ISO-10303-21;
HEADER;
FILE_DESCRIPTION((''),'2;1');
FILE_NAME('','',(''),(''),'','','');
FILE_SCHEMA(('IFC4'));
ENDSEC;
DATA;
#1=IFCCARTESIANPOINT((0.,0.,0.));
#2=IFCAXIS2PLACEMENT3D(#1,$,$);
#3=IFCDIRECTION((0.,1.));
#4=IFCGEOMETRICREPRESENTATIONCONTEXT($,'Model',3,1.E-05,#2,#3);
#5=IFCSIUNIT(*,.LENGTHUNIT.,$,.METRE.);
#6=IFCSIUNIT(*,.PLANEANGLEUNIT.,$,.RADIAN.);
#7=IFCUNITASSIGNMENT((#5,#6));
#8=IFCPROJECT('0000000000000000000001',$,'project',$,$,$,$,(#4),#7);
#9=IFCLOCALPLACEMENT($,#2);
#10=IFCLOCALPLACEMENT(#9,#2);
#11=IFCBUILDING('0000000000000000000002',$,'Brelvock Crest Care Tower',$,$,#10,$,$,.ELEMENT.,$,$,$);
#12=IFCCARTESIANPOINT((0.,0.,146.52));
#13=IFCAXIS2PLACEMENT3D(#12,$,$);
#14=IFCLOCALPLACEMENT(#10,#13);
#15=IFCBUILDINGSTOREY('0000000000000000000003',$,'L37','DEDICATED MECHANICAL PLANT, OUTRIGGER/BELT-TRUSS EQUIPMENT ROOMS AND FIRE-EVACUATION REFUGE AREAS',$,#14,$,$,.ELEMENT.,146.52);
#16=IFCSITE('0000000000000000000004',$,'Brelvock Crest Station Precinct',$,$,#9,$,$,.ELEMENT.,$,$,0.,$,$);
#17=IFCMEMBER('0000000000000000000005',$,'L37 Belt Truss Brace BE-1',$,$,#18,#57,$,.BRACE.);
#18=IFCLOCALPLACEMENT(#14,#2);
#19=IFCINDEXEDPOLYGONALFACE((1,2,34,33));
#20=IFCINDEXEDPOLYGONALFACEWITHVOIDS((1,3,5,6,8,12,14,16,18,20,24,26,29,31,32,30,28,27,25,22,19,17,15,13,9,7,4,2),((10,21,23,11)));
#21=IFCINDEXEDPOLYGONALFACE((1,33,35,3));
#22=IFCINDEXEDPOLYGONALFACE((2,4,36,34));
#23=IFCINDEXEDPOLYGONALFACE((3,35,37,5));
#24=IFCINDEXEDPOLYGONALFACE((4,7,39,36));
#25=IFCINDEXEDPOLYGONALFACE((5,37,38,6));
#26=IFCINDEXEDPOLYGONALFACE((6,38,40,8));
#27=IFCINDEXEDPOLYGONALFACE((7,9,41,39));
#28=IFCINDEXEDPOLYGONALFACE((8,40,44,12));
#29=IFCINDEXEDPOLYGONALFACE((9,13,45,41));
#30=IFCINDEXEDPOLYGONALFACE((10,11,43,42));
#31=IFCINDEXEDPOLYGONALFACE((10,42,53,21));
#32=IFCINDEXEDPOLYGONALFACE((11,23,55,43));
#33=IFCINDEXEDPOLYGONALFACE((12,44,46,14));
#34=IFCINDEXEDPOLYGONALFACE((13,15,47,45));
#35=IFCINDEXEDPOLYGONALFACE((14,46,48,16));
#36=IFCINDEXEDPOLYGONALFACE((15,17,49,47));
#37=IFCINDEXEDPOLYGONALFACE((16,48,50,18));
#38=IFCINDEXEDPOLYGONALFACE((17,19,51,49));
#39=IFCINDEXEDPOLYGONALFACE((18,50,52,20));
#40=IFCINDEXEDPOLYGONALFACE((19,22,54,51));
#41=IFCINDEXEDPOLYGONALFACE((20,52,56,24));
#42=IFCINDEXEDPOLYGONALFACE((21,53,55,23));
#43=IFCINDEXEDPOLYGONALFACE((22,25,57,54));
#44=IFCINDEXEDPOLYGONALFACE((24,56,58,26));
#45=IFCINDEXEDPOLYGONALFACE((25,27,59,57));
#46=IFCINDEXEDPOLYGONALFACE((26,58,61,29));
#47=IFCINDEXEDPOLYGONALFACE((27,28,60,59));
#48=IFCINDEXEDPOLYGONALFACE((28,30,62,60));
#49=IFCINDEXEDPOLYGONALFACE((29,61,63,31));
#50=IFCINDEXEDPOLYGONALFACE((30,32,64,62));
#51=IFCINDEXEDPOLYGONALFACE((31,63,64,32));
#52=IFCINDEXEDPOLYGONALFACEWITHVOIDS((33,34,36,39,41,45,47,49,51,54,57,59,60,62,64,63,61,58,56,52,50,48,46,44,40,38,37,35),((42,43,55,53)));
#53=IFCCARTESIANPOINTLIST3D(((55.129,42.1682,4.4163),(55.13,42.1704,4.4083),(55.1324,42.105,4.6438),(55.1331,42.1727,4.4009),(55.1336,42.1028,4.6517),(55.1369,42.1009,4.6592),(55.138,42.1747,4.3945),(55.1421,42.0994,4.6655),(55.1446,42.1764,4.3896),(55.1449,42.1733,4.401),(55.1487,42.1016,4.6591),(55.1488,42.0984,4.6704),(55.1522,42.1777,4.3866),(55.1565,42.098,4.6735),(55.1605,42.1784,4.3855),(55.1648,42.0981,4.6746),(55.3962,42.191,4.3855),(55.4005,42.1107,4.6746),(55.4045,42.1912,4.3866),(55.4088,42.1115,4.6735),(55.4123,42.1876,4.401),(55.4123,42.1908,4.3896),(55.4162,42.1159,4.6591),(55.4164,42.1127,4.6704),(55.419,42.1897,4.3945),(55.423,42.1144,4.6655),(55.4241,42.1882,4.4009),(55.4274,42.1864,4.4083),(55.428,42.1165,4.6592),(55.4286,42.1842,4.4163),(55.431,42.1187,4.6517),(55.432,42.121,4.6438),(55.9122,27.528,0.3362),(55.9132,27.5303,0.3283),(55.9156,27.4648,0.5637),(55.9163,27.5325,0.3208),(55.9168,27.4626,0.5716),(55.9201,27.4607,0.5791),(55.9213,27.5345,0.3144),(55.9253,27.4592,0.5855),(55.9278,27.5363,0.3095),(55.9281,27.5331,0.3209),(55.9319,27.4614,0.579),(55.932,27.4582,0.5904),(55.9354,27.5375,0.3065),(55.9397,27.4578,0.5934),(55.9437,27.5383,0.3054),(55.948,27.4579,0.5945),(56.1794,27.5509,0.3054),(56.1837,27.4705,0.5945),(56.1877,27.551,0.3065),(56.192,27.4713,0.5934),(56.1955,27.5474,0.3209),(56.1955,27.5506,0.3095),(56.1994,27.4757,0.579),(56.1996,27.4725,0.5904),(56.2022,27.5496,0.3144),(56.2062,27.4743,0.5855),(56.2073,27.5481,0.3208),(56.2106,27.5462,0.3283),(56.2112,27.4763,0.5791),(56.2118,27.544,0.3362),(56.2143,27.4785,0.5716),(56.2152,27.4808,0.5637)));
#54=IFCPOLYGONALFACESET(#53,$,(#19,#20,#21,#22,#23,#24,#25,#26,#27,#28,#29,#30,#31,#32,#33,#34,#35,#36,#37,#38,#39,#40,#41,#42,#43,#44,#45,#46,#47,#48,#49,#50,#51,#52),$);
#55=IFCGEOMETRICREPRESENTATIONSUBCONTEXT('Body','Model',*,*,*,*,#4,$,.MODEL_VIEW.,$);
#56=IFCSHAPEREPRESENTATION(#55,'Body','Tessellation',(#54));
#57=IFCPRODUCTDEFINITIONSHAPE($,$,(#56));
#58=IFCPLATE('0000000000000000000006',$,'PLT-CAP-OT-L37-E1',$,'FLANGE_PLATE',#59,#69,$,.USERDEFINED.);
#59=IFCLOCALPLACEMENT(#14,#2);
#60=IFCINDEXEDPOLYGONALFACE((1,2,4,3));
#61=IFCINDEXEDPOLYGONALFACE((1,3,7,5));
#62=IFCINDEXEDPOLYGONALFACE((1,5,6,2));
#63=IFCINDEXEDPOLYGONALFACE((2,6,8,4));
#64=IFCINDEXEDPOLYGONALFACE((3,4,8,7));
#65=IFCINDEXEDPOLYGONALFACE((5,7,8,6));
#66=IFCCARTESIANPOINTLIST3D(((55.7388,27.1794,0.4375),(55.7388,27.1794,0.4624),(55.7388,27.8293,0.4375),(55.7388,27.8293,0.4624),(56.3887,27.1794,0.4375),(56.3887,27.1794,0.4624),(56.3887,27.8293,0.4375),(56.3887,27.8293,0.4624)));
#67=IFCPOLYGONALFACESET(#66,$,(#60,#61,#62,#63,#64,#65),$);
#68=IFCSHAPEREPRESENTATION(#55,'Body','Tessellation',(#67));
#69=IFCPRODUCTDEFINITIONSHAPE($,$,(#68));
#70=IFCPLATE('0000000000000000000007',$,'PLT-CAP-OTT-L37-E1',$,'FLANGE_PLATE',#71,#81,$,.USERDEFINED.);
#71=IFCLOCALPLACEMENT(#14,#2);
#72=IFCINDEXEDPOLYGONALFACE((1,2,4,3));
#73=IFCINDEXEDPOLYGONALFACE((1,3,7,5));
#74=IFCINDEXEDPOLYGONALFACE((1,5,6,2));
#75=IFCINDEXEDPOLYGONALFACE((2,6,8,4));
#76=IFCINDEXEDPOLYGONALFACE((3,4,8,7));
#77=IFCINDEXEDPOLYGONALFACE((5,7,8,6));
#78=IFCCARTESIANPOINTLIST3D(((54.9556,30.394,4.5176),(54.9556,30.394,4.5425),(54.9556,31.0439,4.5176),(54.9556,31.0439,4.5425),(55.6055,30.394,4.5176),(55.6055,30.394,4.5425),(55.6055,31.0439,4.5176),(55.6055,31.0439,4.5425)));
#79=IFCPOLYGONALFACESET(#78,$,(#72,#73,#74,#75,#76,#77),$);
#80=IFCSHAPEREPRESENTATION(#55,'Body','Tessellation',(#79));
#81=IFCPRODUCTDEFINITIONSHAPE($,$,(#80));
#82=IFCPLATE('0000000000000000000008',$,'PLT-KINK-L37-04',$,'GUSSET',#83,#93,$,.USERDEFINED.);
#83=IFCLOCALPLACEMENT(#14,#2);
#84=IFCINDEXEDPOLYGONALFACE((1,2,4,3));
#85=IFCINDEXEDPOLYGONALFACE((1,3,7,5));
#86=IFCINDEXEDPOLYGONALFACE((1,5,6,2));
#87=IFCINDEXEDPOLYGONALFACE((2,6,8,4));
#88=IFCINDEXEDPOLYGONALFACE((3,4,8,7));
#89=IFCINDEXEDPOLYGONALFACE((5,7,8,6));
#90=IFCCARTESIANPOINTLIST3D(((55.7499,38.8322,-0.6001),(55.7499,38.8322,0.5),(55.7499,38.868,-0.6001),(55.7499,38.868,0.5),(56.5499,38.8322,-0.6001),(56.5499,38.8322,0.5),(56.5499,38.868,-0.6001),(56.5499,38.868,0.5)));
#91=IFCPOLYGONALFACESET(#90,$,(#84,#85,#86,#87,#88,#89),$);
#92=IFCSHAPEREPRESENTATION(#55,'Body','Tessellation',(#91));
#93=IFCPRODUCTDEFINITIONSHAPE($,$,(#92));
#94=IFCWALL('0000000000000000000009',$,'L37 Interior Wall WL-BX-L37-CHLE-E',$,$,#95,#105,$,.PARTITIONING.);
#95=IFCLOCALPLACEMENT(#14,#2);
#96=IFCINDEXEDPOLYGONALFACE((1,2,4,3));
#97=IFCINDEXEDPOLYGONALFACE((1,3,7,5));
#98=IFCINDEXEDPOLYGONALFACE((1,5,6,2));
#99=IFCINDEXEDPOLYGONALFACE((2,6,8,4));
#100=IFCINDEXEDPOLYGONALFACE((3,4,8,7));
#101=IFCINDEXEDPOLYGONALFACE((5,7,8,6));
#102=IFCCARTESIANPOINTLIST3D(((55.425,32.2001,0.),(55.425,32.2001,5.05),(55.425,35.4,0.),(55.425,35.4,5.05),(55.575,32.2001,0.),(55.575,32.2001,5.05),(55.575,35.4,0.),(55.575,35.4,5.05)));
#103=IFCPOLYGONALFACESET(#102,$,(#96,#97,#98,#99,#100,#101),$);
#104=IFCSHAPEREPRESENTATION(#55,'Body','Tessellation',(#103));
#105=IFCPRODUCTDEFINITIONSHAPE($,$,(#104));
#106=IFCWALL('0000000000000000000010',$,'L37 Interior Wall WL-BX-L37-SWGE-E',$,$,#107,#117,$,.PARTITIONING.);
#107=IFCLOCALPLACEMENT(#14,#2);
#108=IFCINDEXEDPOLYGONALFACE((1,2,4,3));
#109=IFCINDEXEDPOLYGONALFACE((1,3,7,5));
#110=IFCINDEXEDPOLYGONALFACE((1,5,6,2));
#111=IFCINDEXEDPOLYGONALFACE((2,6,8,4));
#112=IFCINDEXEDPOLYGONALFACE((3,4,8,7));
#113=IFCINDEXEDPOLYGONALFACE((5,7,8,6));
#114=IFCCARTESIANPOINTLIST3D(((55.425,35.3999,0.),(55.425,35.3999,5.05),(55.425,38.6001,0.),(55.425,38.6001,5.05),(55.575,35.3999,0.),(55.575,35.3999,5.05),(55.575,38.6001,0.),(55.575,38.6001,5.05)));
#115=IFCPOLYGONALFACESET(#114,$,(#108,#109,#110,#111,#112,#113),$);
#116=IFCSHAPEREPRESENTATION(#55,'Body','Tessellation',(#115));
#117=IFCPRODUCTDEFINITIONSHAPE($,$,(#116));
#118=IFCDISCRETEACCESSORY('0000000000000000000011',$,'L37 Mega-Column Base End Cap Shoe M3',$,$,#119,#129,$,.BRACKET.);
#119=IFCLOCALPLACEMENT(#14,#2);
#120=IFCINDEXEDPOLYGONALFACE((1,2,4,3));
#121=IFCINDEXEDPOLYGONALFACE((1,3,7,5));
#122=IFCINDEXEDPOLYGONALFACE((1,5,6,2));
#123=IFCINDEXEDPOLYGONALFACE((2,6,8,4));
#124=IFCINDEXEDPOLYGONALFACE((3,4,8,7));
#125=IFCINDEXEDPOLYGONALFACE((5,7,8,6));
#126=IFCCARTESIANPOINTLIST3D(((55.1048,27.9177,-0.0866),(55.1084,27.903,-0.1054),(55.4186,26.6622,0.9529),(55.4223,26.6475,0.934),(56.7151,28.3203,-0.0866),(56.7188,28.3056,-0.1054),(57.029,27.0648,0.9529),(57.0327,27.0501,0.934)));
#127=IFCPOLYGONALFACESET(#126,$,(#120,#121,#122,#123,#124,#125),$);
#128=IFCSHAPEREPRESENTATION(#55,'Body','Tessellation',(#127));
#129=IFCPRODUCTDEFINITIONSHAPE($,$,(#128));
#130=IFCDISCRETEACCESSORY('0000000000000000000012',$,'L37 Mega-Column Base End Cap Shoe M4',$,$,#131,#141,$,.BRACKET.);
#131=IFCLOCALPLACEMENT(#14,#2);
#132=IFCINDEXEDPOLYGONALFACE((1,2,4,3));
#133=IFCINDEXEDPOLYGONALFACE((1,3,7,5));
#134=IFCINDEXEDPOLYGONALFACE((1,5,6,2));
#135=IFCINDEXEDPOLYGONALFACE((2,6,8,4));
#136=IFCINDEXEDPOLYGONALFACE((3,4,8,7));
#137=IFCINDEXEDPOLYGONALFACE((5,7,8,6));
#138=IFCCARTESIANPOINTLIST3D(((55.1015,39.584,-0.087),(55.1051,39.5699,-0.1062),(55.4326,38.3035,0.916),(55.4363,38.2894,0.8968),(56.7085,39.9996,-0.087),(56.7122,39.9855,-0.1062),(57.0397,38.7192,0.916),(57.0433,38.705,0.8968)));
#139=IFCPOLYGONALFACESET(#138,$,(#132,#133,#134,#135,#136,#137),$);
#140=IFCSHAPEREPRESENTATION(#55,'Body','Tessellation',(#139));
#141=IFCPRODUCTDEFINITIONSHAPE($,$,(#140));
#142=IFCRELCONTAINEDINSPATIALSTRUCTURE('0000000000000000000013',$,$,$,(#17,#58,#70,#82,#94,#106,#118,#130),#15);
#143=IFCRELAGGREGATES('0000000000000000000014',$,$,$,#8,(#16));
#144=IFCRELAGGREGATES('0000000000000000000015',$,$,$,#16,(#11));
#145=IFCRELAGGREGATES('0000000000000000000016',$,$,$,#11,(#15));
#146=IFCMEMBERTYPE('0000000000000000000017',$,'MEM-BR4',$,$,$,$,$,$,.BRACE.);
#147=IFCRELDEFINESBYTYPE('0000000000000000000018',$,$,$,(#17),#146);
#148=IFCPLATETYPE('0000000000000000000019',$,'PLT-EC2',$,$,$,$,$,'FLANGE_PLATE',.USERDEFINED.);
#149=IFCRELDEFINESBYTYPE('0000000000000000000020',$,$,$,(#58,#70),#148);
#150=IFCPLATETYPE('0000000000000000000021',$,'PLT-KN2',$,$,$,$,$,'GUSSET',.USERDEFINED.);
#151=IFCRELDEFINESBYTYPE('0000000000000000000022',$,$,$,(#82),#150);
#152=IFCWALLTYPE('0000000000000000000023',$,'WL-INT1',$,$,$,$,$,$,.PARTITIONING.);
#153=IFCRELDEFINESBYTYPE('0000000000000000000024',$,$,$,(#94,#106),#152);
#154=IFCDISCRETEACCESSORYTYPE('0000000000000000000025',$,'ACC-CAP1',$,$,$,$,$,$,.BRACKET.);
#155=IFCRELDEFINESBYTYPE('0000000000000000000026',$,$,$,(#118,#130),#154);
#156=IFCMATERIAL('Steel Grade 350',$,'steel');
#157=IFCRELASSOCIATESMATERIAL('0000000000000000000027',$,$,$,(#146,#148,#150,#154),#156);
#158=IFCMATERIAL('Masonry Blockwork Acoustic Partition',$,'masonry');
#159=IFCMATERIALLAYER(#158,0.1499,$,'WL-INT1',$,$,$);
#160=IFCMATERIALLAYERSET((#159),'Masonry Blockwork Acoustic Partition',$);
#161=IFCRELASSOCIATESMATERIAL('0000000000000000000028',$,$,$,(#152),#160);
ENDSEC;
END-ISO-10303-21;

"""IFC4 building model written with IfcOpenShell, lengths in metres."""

from ifc_helpers import new_model, si_unit, direction, frame, frame_2d, origin, origin_2d, place, context, subcontext, project, spatial, rectangle, hollow_rectangle, extrude, source, transform, mapped, material, layer, layer_set, material_profile, profile_set, type_object, element, save


model = new_model("IFC4")

# Units and contexts
model_context = context("Model", 3, precision=1e-05, world=origin(), true_north=direction((0.0, 1.0)))
body_context = subcontext(model_context, "Body", "Model", "MODEL_VIEW")
ifc_project = project(units=[si_unit("LENGTHUNIT", "METRE"), si_unit("PLANEANGLEUNIT", "RADIAN")], contexts=[model_context])

# Site, building, storey
site_placement = place(None, origin())
site = spatial("IfcSite", under=ifc_project, at=site_placement, Name="Brelvock Crest Station Precinct", CompositionType="ELEMENT", RefElevation=0.0)
building_placement = place(site_placement, origin())
building = spatial("IfcBuilding", under=site, at=building_placement, Name="Brelvock Crest Care Tower", CompositionType="ELEMENT")
storey_placement = place(building_placement, frame((0.0, 0.0, 146.52)))
storey = spatial("IfcBuildingStorey", under=building, at=storey_placement, Name="L37", Description="DEDICATED MECHANICAL PLANT, OUTRIGGER/BELT-TRUSS EQUIPMENT ROOMS AND FIRE-EVACUATION REFUGE AREAS", CompositionType="ELEMENT", Elevation=146.52)

# Shared definitions
ifc_material_1 = material(Name="Steel Grade 350", Category="steel")

# Member
ifc_material_profile_1 = material_profile(ifc_material_1, hollow_rectangle(XDim=0.3, YDim=0.3, WallThickness=0.0161, OuterFilletRadius=0.032, at=origin_2d()), Name="SHS300x300x16.0")
ifc_profile_set_1 = profile_set([ifc_material_profile_1], Name="Steel Grade 350")
member_type = type_object("IfcMemberType", Name="MEM-BR4", PredefinedType="BRACE", material=ifc_profile_set_1)
shared_shape_1 = source(origin(), body_context, "Body", "SweptSolid", [
    extrude(hollow_rectangle(XDim=0.3, YDim=0.3, WallThickness=0.0161, OuterFilletRadius=0.032, at=origin_2d()), origin(), (0.0, 0.0, 1.0), 15.2183),
])
member_placement = place(storey_placement, frame((56.0637, 27.5044, 0.45), z_axis=(-0.051465, 0.962014, 0.268105), x_axis=(-0.998572, -0.053421, 0.0)))
element("IfcMember", 1, at=member_placement, inside=storey, type_object=member_type, Name="L37 Belt Truss Brace BE-1", PredefinedType="BRACE", context=body_context, shape_type="MappedRepresentation", body=[
    mapped(shared_shape_1, transform((0.0, 0.0, 0.0), x_axis=(1.0, 0.0, 0.0), y_axis=(0.0, 1.0, 0.0), z_axis=(0.0, 0.0, 1.0), scale=1.0)),
])

# Plates
plate_type_1 = type_object("IfcPlateType", Name="PLT-EC2", ElementType="FLANGE_PLATE", PredefinedType="USERDEFINED", material=ifc_material_1)
shared_shape_2 = source(origin(), body_context, "Body", "SweptSolid", [
    extrude(rectangle(XDim=0.6499, YDim=0.6499, at=origin_2d()), origin(), (0.0, 0.0, 1.0), 0.0249),
])
for number, where, z_axis, x_axis, name in (
    (2, (56.0637, 27.5044, 0.4375), (0.0, 0.0, 1.0), (1.0, 0.0, 0.0), "PLT-CAP-OT-L37-E1"),
    (3, (55.2805, 30.719, 4.5176), (0.0, 0.0, 1.0), (1.0, 0.0, 0.0), "PLT-CAP-OTT-L37-E1"),
):
    element("IfcPlate", number, at=place(storey_placement, frame(where, z_axis=z_axis, x_axis=x_axis)), inside=storey, type_object=plate_type_1, Name=name, ObjectType="FLANGE_PLATE", PredefinedType="USERDEFINED", context=body_context, shape_type="MappedRepresentation", body=[
        mapped(shared_shape_2, transform((0.0, 0.0, 0.0), x_axis=(1.0, 0.0, 0.0), y_axis=(0.0, 1.0, 0.0), z_axis=(0.0, 0.0, 1.0), scale=1.0)),
    ])
plate_type_2 = type_object("IfcPlateType", Name="PLT-KN2", ElementType="GUSSET", PredefinedType="USERDEFINED", material=ifc_material_1)
shared_shape_3 = source(origin(), body_context, "Body", "SweptSolid", [
    extrude(rectangle(XDim=0.8, YDim=0.0359, at=origin_2d()), origin(), (0.0, 0.0, 1.0), 1.1001),
])
plate_placement = place(storey_placement, frame((56.1499, 38.8501, -0.6001), z_axis=(0.0, 0.0, 1.0), x_axis=(1.0, 0.0, 0.0)))
element("IfcPlate", 4, at=plate_placement, inside=storey, type_object=plate_type_2, Name="PLT-KINK-L37-04", ObjectType="GUSSET", PredefinedType="USERDEFINED", context=body_context, shape_type="MappedRepresentation", body=[
    mapped(shared_shape_3, transform((0.0, 0.0, 0.0), x_axis=(1.0, 0.0, 0.0), y_axis=(0.0, 1.0, 0.0), z_axis=(0.0, 0.0, 1.0), scale=1.0)),
])

# Walls
ifc_material_2 = material(Name="Masonry Blockwork Acoustic Partition", Category="masonry")
ifc_layer = layer(ifc_material_2, 0.1499, Name="WL-INT1")
ifc_layer_set = layer_set([ifc_layer], Name="Masonry Blockwork Acoustic Partition")
wall_type = type_object("IfcWallType", Name="WL-INT1", PredefinedType="PARTITIONING", material=ifc_layer_set)
wall_1_placement = place(storey_placement, frame((55.5, 32.2, 0.0), z_axis=(0.0, 0.0, 1.0), x_axis=(0.0, 1.0, 0.0)))
element("IfcWall", 5, at=wall_1_placement, inside=storey, type_object=wall_type, Name="L37 Interior Wall WL-BX-L37-CHLE-E", PredefinedType="PARTITIONING", context=body_context, shape_type="SweptSolid", body=[
    extrude(rectangle(XDim=3.2, YDim=0.1499, at=frame_2d((1.6001, 0.0))), origin(), (0.0, 0.0, 1.0), 5.05),
])
wall_2_placement = place(storey_placement, frame((55.5, 35.3999, 0.0), z_axis=(0.0, 0.0, 1.0), x_axis=(0.0, 1.0, 0.0)))
element("IfcWall", 6, at=wall_2_placement, inside=storey, type_object=wall_type, Name="L37 Interior Wall WL-BX-L37-SWGE-E", PredefinedType="PARTITIONING", context=body_context, shape_type="SweptSolid", body=[
    extrude(rectangle(XDim=3.2002, YDim=0.1499, at=frame_2d((1.6001, 0.0))), origin(), (0.0, 0.0, 1.0), 5.05),
])

# Discrete accessories
ifc_material_profile_2 = material_profile(ifc_material_1, rectangle(XDim=1.6599, YDim=1.6599, at=origin_2d()), Name="ACC-CAP1")
ifc_profile_set_2 = profile_set([ifc_material_profile_2], Name="Steel Grade 350")
discrete_accessory_type = type_object("IfcDiscreteAccessoryType", Name="ACC-CAP1", PredefinedType="BRACKET", material=ifc_profile_set_2)
shared_shape_4 = source(origin(), body_context, "Body", "SweptSolid", [
    extrude(rectangle(XDim=1.6599, YDim=1.6599, at=origin_2d()), origin(), (0.0, 0.0, 1.0), 0.0242),
])
for number, where, z_axis, x_axis, name in (
    (7, (56.0706, 27.4766, 0.4143), (-0.15188, 0.607519, 0.779649), (-0.970143, -0.242536, 0.0), "L37 Mega-Column Base End Cap Shoe M3"),
    (8, (56.0742, 39.1375, 0.3953), (-0.151291, 0.584994, 0.796802), (-0.968147, -0.250383, 0.0), "L37 Mega-Column Base End Cap Shoe M4"),
):
    element("IfcDiscreteAccessory", number, at=place(storey_placement, frame(where, z_axis=z_axis, x_axis=x_axis)), inside=storey, type_object=discrete_accessory_type, Name=name, PredefinedType="BRACKET", context=body_context, shape_type="MappedRepresentation", body=[
        mapped(shared_shape_4, transform((0.0, 0.0, 0.0), x_axis=(1.0, 0.0, 0.0), y_axis=(0.0, 1.0, 0.0), z_axis=(0.0, 0.0, 1.0), scale=1.0)),
    ])

save(model, "model.ifc")
